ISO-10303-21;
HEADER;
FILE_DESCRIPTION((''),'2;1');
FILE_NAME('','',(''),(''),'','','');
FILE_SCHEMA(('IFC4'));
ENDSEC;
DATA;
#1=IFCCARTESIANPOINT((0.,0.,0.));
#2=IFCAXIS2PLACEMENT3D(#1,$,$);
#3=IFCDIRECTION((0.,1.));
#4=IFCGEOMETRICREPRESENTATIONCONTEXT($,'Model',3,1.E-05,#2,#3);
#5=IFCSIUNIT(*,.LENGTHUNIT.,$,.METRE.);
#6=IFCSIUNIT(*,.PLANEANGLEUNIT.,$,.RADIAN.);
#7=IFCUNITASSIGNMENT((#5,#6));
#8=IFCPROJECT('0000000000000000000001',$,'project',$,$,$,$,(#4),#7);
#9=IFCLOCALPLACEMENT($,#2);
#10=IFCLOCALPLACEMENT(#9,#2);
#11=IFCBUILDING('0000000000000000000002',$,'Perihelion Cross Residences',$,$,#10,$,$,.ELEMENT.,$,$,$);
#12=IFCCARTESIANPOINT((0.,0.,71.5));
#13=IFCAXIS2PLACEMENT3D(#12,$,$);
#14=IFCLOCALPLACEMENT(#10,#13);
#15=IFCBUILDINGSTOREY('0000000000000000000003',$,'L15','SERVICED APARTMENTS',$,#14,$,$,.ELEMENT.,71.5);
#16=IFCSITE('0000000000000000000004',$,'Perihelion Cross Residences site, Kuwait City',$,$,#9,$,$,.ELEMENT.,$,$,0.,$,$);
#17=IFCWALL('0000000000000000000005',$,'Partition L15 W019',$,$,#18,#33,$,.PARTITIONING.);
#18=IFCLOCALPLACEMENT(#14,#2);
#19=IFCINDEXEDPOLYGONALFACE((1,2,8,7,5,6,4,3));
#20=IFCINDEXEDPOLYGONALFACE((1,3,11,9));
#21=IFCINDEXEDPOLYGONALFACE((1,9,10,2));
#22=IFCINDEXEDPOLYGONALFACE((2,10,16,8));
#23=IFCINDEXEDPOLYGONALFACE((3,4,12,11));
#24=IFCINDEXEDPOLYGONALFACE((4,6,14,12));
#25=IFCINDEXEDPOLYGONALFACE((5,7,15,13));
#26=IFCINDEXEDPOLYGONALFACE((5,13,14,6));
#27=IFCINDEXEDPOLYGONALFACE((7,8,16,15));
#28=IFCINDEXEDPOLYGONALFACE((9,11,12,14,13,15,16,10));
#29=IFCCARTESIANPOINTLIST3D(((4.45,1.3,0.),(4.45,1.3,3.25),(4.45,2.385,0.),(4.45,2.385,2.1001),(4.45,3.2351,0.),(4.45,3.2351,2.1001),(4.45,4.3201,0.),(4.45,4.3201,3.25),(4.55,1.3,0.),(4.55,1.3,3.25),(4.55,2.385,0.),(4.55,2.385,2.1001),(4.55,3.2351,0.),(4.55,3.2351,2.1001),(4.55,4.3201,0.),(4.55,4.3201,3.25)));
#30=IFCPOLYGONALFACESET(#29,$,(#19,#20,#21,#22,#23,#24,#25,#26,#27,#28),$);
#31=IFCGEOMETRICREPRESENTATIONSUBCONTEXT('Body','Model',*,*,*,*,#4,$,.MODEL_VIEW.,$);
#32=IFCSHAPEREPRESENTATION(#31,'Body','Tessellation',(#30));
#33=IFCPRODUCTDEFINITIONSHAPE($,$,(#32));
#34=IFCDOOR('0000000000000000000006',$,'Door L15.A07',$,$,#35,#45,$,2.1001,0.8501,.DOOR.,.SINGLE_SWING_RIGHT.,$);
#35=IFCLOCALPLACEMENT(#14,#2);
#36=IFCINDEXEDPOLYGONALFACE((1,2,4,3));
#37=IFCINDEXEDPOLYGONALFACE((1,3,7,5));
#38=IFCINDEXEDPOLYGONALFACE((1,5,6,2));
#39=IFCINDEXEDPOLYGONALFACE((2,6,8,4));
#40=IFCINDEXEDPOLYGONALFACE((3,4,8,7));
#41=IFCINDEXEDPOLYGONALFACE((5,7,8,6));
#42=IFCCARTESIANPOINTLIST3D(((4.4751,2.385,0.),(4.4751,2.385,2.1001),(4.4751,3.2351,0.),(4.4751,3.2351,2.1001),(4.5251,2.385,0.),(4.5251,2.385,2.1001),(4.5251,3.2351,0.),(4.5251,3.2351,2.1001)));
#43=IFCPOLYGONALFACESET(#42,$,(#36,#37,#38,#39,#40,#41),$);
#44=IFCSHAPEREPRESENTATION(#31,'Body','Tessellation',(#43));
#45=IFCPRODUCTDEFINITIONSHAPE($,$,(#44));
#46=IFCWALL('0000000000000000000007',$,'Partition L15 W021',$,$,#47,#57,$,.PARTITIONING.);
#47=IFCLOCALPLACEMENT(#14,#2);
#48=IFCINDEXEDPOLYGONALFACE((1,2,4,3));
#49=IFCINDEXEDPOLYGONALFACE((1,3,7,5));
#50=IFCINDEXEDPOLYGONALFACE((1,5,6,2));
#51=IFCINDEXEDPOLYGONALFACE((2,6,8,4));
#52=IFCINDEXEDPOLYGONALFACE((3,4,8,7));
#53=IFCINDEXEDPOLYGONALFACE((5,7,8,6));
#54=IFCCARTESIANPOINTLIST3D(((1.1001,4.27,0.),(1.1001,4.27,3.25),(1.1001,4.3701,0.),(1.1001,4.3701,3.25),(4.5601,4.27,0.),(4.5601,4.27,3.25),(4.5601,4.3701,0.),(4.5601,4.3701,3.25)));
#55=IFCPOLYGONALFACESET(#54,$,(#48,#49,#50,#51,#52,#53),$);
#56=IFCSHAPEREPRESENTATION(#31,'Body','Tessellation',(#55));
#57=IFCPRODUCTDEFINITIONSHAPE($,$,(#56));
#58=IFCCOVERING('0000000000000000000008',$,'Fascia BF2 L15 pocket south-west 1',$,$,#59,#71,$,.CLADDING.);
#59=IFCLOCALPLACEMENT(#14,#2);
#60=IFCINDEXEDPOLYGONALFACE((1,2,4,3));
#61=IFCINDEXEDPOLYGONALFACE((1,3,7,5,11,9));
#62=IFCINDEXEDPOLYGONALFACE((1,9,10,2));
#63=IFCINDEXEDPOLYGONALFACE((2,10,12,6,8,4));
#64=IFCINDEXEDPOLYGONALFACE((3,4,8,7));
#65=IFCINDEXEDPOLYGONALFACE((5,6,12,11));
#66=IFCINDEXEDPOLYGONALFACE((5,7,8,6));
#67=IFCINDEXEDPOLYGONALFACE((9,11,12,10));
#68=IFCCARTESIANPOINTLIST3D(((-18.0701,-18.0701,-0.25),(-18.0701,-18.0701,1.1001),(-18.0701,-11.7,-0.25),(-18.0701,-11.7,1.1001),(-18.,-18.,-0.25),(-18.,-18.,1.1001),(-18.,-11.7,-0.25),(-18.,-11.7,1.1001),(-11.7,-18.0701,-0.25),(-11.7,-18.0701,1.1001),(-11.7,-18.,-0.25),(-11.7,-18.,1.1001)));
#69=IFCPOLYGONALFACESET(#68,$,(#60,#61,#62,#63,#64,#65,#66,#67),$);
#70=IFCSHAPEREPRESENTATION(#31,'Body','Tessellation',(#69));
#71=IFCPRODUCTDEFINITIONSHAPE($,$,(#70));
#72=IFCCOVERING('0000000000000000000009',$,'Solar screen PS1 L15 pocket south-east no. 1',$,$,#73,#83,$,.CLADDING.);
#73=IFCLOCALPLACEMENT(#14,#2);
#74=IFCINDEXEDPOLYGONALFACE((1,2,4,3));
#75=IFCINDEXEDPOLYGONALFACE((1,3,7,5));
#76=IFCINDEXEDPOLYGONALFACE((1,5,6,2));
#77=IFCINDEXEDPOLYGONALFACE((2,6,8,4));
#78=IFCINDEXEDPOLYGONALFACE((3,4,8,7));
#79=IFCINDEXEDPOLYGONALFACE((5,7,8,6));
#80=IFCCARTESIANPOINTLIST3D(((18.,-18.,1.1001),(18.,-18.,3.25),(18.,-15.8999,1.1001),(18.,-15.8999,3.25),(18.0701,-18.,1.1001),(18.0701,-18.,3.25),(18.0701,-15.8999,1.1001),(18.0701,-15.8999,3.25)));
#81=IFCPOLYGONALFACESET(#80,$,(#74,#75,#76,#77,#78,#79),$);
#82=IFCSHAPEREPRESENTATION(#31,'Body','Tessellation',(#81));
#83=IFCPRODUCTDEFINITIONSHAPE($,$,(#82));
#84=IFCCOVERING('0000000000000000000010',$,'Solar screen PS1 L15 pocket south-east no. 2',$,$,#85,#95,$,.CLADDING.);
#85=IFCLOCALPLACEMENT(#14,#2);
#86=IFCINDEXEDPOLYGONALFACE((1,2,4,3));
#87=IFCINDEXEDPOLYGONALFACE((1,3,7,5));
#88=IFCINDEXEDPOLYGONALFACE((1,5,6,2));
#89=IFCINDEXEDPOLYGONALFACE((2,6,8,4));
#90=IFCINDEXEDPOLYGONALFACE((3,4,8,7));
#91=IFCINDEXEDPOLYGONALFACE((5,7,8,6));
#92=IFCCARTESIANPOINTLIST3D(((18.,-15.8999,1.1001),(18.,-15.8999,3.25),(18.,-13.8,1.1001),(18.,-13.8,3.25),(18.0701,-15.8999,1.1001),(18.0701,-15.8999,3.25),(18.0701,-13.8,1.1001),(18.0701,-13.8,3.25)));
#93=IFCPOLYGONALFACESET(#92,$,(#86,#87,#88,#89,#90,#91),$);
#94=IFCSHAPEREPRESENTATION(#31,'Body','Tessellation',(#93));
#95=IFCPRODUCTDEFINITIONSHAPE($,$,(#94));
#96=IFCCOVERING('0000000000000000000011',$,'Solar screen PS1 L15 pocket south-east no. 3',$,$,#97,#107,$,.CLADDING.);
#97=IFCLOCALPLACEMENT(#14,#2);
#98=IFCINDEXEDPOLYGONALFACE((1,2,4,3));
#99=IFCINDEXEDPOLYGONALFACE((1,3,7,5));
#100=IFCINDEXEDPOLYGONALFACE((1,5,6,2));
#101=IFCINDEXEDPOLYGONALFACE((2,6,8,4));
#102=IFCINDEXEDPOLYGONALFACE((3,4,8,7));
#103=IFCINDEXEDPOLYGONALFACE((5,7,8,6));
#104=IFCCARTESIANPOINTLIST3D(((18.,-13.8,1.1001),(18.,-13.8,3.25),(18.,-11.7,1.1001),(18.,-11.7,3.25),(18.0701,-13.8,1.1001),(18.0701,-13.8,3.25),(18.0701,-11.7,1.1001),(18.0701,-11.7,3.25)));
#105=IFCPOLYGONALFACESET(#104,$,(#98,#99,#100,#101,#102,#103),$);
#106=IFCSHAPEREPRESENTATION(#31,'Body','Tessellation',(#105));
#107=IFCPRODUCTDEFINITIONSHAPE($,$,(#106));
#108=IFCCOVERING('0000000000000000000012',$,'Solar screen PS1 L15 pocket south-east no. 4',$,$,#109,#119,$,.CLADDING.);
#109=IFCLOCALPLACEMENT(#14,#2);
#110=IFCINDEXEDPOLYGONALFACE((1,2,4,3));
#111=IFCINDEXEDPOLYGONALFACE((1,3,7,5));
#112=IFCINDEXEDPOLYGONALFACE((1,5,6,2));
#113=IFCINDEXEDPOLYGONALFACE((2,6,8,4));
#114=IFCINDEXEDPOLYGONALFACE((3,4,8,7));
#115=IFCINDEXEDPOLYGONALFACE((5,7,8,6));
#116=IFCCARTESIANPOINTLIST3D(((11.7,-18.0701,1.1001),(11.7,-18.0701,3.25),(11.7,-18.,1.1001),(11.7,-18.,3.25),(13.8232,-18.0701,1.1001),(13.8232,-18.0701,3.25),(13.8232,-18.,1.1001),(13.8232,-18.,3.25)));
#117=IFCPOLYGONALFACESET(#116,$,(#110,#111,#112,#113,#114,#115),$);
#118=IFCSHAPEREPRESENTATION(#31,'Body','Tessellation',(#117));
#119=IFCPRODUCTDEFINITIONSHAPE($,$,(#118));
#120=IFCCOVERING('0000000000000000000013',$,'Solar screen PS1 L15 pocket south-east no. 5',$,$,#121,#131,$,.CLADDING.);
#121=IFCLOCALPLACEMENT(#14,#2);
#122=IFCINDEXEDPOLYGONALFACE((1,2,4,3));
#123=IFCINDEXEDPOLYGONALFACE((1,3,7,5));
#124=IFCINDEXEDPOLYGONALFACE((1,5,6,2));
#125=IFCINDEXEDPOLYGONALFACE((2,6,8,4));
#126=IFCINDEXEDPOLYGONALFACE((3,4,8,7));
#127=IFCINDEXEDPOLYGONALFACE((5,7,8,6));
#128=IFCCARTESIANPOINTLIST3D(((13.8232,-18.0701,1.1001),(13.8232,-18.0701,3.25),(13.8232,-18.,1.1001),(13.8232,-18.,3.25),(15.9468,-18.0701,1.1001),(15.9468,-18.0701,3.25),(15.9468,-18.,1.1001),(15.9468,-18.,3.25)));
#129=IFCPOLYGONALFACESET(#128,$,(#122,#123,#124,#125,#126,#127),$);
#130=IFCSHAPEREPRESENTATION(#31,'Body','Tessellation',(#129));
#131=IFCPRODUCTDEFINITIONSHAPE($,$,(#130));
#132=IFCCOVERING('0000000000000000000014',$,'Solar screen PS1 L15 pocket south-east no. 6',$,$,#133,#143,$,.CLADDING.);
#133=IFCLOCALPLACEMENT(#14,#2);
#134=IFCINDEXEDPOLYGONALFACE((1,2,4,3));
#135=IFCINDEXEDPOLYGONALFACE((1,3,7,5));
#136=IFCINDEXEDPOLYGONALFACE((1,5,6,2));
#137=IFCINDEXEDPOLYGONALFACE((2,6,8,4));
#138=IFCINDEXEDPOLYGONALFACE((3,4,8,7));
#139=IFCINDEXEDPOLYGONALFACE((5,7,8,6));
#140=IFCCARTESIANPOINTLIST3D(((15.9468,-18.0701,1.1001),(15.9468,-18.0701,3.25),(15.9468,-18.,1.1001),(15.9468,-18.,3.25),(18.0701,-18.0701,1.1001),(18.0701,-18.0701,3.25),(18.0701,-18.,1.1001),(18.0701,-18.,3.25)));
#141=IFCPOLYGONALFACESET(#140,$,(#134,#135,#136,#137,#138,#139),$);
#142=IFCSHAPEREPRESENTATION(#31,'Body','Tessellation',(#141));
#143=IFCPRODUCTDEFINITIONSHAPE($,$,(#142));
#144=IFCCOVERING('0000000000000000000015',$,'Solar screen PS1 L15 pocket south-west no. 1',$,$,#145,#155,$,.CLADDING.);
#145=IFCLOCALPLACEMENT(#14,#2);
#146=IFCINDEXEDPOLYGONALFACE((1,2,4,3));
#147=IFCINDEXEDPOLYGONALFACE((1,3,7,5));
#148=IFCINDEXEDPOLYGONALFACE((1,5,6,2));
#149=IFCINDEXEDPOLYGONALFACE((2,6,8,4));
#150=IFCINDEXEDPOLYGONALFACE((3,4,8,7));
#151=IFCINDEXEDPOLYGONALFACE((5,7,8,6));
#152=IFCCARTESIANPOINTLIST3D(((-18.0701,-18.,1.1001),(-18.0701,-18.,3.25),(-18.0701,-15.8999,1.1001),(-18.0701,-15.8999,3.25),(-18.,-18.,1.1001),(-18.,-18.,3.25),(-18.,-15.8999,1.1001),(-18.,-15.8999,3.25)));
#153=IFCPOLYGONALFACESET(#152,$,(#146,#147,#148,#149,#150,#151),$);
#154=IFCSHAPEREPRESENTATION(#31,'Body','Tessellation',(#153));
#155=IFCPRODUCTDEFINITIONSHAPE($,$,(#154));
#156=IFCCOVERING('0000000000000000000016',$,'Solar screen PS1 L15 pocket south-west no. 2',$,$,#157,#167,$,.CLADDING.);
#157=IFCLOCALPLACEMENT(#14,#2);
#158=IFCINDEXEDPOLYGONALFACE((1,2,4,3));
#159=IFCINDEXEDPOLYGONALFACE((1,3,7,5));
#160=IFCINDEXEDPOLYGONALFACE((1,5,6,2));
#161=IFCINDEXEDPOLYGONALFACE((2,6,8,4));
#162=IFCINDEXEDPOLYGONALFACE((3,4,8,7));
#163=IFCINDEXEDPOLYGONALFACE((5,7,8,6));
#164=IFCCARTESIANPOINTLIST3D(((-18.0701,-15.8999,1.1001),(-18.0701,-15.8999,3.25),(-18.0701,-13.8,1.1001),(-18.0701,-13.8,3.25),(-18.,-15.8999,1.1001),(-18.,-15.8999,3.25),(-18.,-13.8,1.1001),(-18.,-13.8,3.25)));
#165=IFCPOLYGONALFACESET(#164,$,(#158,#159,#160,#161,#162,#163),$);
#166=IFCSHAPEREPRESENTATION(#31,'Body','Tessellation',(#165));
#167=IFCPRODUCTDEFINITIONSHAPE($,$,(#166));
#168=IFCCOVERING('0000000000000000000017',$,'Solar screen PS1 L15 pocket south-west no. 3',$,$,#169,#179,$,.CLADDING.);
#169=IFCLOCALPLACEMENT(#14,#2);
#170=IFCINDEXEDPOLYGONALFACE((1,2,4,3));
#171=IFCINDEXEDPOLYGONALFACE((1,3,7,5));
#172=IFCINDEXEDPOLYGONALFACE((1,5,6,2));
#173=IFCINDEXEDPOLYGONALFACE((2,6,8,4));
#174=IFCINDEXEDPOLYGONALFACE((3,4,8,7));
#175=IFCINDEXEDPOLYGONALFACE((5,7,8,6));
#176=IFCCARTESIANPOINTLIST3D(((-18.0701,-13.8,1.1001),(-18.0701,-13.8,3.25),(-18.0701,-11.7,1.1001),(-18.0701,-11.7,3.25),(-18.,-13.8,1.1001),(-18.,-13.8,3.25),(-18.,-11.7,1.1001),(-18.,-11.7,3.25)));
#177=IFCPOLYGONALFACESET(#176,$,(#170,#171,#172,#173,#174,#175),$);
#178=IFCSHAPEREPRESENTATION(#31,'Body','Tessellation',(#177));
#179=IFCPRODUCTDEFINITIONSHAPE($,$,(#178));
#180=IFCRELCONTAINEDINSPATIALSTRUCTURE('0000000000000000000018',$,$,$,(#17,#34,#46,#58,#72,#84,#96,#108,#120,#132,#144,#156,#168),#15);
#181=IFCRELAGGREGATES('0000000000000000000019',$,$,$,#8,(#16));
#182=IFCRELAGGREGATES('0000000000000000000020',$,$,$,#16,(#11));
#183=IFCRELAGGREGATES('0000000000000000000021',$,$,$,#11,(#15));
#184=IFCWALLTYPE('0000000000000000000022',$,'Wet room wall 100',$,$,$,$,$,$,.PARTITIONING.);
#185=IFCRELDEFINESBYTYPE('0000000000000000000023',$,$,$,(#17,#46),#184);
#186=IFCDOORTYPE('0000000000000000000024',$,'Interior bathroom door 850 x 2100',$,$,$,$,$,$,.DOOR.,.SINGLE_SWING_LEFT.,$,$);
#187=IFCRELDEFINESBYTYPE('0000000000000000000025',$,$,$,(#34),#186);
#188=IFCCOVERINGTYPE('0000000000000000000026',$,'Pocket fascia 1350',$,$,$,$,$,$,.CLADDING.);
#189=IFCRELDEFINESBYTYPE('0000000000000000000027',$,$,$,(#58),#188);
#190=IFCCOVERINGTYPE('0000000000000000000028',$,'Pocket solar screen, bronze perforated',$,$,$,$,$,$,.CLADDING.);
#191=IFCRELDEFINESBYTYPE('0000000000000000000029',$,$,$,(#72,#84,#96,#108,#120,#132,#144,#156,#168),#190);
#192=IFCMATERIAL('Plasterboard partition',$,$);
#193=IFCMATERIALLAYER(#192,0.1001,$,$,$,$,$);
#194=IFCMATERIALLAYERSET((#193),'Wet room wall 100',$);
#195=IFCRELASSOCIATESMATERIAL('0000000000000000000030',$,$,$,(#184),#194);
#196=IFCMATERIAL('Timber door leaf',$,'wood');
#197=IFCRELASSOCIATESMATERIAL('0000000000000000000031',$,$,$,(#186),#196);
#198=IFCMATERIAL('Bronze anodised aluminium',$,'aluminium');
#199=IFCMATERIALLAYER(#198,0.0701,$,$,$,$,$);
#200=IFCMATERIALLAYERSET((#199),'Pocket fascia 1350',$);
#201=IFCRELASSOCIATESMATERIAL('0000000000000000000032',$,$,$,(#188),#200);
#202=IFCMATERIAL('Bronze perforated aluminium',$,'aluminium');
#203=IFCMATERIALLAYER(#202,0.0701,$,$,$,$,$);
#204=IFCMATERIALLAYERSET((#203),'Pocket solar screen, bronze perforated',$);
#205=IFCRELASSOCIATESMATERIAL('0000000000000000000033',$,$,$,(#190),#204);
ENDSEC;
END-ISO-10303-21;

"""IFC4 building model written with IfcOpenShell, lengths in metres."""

from ifc_helpers import new_model, si_unit, direction, frame, frame_2d, origin, place, context, subcontext, project, spatial, polyline, rectangle, outline, extrude, material, layer, layer_set, type_object, element, fill, save


model = new_model("IFC4")

# Units and contexts
model_context = context("Model", 3, precision=1e-05, world=origin(), true_north=direction((0.0, 1.0)))
body_context = subcontext(model_context, "Body", "Model", "MODEL_VIEW")
ifc_project = project(units=[si_unit("LENGTHUNIT", "METRE"), si_unit("PLANEANGLEUNIT", "RADIAN")], contexts=[model_context])

# Site, building, storey
site_placement = place(None, origin())
site = spatial("IfcSite", under=ifc_project, at=site_placement, Name="Perihelion Cross Residences site, Kuwait City", CompositionType="ELEMENT", RefElevation=0.0)
building_placement = place(site_placement, origin())
building = spatial("IfcBuilding", under=site, at=building_placement, Name="Perihelion Cross Residences", CompositionType="ELEMENT")
storey_placement = place(building_placement, frame((0.0, 0.0, 71.5)))
storey = spatial("IfcBuildingStorey", under=building, at=storey_placement, Name="L15", Description="SERVICED APARTMENTS", CompositionType="ELEMENT", Elevation=71.5)

# Wall, opening, door
ifc_material_1 = material(Name="Plasterboard partition")
ifc_layer_1 = layer(ifc_material_1, 0.1001)
ifc_layer_set_1 = layer_set([ifc_layer_1], Name="Wet room wall 100")
wall_type_1 = type_object("IfcWallType", Name="Wet room wall 100", PredefinedType="PARTITIONING", material=ifc_layer_set_1)
wall_1_placement = place(storey_placement, frame((4.5, 1.3, 0.0), z_axis=(0.0, 0.0, 1.0), x_axis=(0.0, 1.0, 0.0)))
wall_1 = element("IfcWall", 1, at=wall_1_placement, inside=storey, type_object=wall_type_1, Name="Partition L15 W019", PredefinedType="PARTITIONING", context=body_context, shape_type="SweptSolid", body=[
    extrude(rectangle(XDim=3.02, YDim=0.1001, at=frame_2d((1.51, 0.0))), origin(), (0.0, 0.0, 1.0), 3.25),
])
opening_1_placement = place(wall_1_placement, frame((1.085, 0.0, 0.0)))
opening_1 = element("IfcOpeningElement", 2, at=opening_1_placement, cuts=wall_1, PredefinedType="OPENING", context=body_context, shape_type="SweptSolid", body=[
    extrude(rectangle(XDim=0.8501, YDim=2.1001, at=frame_2d((0.425, 1.05))), frame((0.0, 0.0601, 0.0), z_axis=(0.0, -1.0, 0.0), x_axis=(1.0, 0.0, 0.0)), (0.0, 0.0, 1.0), 0.1201),
])
ifc_material_2 = material(Name="Timber door leaf", Category="wood")
door_type_1 = type_object("IfcDoorType", Name="Interior bathroom door 850 x 2100", OperationType="SINGLE_SWING_LEFT", PredefinedType="DOOR", material=ifc_material_2)
door_1_placement = place(opening_1_placement, origin())
door_1 = element("IfcDoor", 3, at=door_1_placement, inside=storey, type_object=door_type_1, Name="Door L15.A07", OperationType="SINGLE_SWING_RIGHT", OverallHeight=2.1001, OverallWidth=0.8501, PredefinedType="DOOR", context=body_context, shape_type="SweptSolid", body=[
    extrude(rectangle(XDim=0.8501, YDim=2.1001, at=frame_2d((0.425, 1.05))), frame((0.0, 0.0249, 0.0), z_axis=(0.0, -1.0, 0.0), x_axis=(1.0, 0.0, 0.0)), (0.0, 0.0, 1.0), 0.05),
])
fill(opening_1, door_1)

# Wall
wall_2_placement = place(storey_placement, frame((1.1001, 4.3201, 0.0), z_axis=(0.0, 0.0, 1.0), x_axis=(1.0, 0.0, 0.0)))
element("IfcWall", 4, at=wall_2_placement, inside=storey, type_object=wall_type_1, Name="Partition L15 W021", PredefinedType="PARTITIONING", context=body_context, shape_type="SweptSolid", body=[
    extrude(rectangle(XDim=3.46, YDim=0.1001, at=frame_2d((1.73, 0.0))), origin(), (0.0, 0.0, 1.0), 3.25),
])

# Coverings
ifc_material_3 = material(Name="Bronze anodised aluminium", Category="aluminium")
ifc_layer_2 = layer(ifc_material_3, 0.0701)
ifc_layer_set_2 = layer_set([ifc_layer_2], Name="Pocket fascia 1350")
covering_type_1 = type_object("IfcCoveringType", Name="Pocket fascia 1350", PredefinedType="CLADDING", material=ifc_layer_set_2)
covering_1_placement = place(storey_placement, frame((0.0, 0.0, -0.25)))
element("IfcCovering", 5, at=covering_1_placement, inside=storey, type_object=covering_type_1, Name="Fascia BF2 L15 pocket south-west 1", PredefinedType="CLADDING", context=body_context, shape_type="SweptSolid", body=[
    extrude(outline(polyline([(-18.0701, -11.7), (-18.0701, -18.0701), (-11.7, -18.0701), (-11.7, -18.0), (-18.0, -18.0), (-18.0, -11.7), (-18.0701, -11.7)])), origin(), (0.0, 0.0, 1.0), 1.3501),
])
ifc_material_4 = material(Name="Bronze perforated aluminium", Category="aluminium")
ifc_layer_3 = layer(ifc_material_4, 0.0701)
ifc_layer_set_3 = layer_set([ifc_layer_3], Name="Pocket solar screen, bronze perforated")
covering_type_2 = type_object("IfcCoveringType", Name="Pocket solar screen, bronze perforated", PredefinedType="CLADDING", material=ifc_layer_set_3)
covering_2_placement = place(storey_placement, frame((0.0, 0.0, 1.1001)))
element("IfcCovering", 6, at=covering_2_placement, inside=storey, type_object=covering_type_2, Name="Solar screen PS1 L15 pocket south-east no. 1", PredefinedType="CLADDING", context=body_context, shape_type="SweptSolid", body=[
    extrude(outline(polyline([(18.0701, -18.0), (18.0701, -15.8999), (18.0, -15.8999), (18.0, -18.0), (18.0701, -18.0)])), origin(), (0.0, 0.0, 1.0), 2.1499),
])
covering_3_placement = place(storey_placement, frame((0.0, 0.0, 1.1001)))
element("IfcCovering", 7, at=covering_3_placement, inside=storey, type_object=covering_type_2, Name="Solar screen PS1 L15 pocket south-east no. 2", PredefinedType="CLADDING", context=body_context, shape_type="SweptSolid", body=[
    extrude(outline(polyline([(18.0701, -15.8999), (18.0701, -13.8), (18.0, -13.8), (18.0, -15.8999), (18.0701, -15.8999)])), origin(), (0.0, 0.0, 1.0), 2.1499),
])
covering_4_placement = place(storey_placement, frame((0.0, 0.0, 1.1001)))
element("IfcCovering", 8, at=covering_4_placement, inside=storey, type_object=covering_type_2, Name="Solar screen PS1 L15 pocket south-east no. 3", PredefinedType="CLADDING", context=body_context, shape_type="SweptSolid", body=[
    extrude(outline(polyline([(18.0701, -13.8), (18.0701, -11.7), (18.0, -11.7), (18.0, -13.8), (18.0701, -13.8)])), origin(), (0.0, 0.0, 1.0), 2.1499),
])
covering_5_placement = place(storey_placement, frame((0.0, 0.0, 1.1001)))
element("IfcCovering", 9, at=covering_5_placement, inside=storey, type_object=covering_type_2, Name="Solar screen PS1 L15 pocket south-east no. 4", PredefinedType="CLADDING", context=body_context, shape_type="SweptSolid", body=[
    extrude(outline(polyline([(13.8232, -18.0701), (13.8232, -18.0), (11.7, -18.0), (11.7, -18.0701), (13.8232, -18.0701)])), origin(), (0.0, 0.0, 1.0), 2.1499),
])
covering_6_placement = place(storey_placement, frame((0.0, 0.0, 1.1001)))
element("IfcCovering", 10, at=covering_6_placement, inside=storey, type_object=covering_type_2, Name="Solar screen PS1 L15 pocket south-east no. 5", PredefinedType="CLADDING", context=body_context, shape_type="SweptSolid", body=[
    extrude(outline(polyline([(15.9468, -18.0701), (15.9468, -18.0), (13.8232, -18.0), (13.8232, -18.0701), (15.9468, -18.0701)])), origin(), (0.0, 0.0, 1.0), 2.1499),
])
covering_7_placement = place(storey_placement, frame((0.0, 0.0, 1.1001)))
element("IfcCovering", 11, at=covering_7_placement, inside=storey, type_object=covering_type_2, Name="Solar screen PS1 L15 pocket south-east no. 6", PredefinedType="CLADDING", context=body_context, shape_type="SweptSolid", body=[
    extrude(outline(polyline([(18.0701, -18.0701), (18.0701, -18.0), (15.9468, -18.0), (15.9468, -18.0701), (18.0701, -18.0701)])), origin(), (0.0, 0.0, 1.0), 2.1499),
])
covering_8_placement = place(storey_placement, frame((0.0, 0.0, 1.1001)))
element("IfcCovering", 12, at=covering_8_placement, inside=storey, type_object=covering_type_2, Name="Solar screen PS1 L15 pocket south-west no. 1", PredefinedType="CLADDING", context=body_context, shape_type="SweptSolid", body=[
    extrude(outline(polyline([(-18.0, -18.0), (-18.0, -15.8999), (-18.0701, -15.8999), (-18.0701, -18.0), (-18.0, -18.0)])), origin(), (0.0, 0.0, 1.0), 2.1499),
])
covering_9_placement = place(storey_placement, frame((0.0, 0.0, 1.1001)))
element("IfcCovering", 13, at=covering_9_placement, inside=storey, type_object=covering_type_2, Name="Solar screen PS1 L15 pocket south-west no. 2", PredefinedType="CLADDING", context=body_context, shape_type="SweptSolid", body=[
    extrude(outline(polyline([(-18.0, -15.8999), (-18.0, -13.8), (-18.0701, -13.8), (-18.0701, -15.8999), (-18.0, -15.8999)])), origin(), (0.0, 0.0, 1.0), 2.1499),
])
covering_10_placement = place(storey_placement, frame((0.0, 0.0, 1.1001)))
element("IfcCovering", 14, at=covering_10_placement, inside=storey, type_object=covering_type_2, Name="Solar screen PS1 L15 pocket south-west no. 3", PredefinedType="CLADDING", context=body_context, shape_type="SweptSolid", body=[
    extrude(outline(polyline([(-18.0, -13.8), (-18.0, -11.7), (-18.0701, -11.7), (-18.0701, -13.8), (-18.0, -13.8)])), origin(), (0.0, 0.0, 1.0), 2.1499),
])

save(model, "model.ifc")
